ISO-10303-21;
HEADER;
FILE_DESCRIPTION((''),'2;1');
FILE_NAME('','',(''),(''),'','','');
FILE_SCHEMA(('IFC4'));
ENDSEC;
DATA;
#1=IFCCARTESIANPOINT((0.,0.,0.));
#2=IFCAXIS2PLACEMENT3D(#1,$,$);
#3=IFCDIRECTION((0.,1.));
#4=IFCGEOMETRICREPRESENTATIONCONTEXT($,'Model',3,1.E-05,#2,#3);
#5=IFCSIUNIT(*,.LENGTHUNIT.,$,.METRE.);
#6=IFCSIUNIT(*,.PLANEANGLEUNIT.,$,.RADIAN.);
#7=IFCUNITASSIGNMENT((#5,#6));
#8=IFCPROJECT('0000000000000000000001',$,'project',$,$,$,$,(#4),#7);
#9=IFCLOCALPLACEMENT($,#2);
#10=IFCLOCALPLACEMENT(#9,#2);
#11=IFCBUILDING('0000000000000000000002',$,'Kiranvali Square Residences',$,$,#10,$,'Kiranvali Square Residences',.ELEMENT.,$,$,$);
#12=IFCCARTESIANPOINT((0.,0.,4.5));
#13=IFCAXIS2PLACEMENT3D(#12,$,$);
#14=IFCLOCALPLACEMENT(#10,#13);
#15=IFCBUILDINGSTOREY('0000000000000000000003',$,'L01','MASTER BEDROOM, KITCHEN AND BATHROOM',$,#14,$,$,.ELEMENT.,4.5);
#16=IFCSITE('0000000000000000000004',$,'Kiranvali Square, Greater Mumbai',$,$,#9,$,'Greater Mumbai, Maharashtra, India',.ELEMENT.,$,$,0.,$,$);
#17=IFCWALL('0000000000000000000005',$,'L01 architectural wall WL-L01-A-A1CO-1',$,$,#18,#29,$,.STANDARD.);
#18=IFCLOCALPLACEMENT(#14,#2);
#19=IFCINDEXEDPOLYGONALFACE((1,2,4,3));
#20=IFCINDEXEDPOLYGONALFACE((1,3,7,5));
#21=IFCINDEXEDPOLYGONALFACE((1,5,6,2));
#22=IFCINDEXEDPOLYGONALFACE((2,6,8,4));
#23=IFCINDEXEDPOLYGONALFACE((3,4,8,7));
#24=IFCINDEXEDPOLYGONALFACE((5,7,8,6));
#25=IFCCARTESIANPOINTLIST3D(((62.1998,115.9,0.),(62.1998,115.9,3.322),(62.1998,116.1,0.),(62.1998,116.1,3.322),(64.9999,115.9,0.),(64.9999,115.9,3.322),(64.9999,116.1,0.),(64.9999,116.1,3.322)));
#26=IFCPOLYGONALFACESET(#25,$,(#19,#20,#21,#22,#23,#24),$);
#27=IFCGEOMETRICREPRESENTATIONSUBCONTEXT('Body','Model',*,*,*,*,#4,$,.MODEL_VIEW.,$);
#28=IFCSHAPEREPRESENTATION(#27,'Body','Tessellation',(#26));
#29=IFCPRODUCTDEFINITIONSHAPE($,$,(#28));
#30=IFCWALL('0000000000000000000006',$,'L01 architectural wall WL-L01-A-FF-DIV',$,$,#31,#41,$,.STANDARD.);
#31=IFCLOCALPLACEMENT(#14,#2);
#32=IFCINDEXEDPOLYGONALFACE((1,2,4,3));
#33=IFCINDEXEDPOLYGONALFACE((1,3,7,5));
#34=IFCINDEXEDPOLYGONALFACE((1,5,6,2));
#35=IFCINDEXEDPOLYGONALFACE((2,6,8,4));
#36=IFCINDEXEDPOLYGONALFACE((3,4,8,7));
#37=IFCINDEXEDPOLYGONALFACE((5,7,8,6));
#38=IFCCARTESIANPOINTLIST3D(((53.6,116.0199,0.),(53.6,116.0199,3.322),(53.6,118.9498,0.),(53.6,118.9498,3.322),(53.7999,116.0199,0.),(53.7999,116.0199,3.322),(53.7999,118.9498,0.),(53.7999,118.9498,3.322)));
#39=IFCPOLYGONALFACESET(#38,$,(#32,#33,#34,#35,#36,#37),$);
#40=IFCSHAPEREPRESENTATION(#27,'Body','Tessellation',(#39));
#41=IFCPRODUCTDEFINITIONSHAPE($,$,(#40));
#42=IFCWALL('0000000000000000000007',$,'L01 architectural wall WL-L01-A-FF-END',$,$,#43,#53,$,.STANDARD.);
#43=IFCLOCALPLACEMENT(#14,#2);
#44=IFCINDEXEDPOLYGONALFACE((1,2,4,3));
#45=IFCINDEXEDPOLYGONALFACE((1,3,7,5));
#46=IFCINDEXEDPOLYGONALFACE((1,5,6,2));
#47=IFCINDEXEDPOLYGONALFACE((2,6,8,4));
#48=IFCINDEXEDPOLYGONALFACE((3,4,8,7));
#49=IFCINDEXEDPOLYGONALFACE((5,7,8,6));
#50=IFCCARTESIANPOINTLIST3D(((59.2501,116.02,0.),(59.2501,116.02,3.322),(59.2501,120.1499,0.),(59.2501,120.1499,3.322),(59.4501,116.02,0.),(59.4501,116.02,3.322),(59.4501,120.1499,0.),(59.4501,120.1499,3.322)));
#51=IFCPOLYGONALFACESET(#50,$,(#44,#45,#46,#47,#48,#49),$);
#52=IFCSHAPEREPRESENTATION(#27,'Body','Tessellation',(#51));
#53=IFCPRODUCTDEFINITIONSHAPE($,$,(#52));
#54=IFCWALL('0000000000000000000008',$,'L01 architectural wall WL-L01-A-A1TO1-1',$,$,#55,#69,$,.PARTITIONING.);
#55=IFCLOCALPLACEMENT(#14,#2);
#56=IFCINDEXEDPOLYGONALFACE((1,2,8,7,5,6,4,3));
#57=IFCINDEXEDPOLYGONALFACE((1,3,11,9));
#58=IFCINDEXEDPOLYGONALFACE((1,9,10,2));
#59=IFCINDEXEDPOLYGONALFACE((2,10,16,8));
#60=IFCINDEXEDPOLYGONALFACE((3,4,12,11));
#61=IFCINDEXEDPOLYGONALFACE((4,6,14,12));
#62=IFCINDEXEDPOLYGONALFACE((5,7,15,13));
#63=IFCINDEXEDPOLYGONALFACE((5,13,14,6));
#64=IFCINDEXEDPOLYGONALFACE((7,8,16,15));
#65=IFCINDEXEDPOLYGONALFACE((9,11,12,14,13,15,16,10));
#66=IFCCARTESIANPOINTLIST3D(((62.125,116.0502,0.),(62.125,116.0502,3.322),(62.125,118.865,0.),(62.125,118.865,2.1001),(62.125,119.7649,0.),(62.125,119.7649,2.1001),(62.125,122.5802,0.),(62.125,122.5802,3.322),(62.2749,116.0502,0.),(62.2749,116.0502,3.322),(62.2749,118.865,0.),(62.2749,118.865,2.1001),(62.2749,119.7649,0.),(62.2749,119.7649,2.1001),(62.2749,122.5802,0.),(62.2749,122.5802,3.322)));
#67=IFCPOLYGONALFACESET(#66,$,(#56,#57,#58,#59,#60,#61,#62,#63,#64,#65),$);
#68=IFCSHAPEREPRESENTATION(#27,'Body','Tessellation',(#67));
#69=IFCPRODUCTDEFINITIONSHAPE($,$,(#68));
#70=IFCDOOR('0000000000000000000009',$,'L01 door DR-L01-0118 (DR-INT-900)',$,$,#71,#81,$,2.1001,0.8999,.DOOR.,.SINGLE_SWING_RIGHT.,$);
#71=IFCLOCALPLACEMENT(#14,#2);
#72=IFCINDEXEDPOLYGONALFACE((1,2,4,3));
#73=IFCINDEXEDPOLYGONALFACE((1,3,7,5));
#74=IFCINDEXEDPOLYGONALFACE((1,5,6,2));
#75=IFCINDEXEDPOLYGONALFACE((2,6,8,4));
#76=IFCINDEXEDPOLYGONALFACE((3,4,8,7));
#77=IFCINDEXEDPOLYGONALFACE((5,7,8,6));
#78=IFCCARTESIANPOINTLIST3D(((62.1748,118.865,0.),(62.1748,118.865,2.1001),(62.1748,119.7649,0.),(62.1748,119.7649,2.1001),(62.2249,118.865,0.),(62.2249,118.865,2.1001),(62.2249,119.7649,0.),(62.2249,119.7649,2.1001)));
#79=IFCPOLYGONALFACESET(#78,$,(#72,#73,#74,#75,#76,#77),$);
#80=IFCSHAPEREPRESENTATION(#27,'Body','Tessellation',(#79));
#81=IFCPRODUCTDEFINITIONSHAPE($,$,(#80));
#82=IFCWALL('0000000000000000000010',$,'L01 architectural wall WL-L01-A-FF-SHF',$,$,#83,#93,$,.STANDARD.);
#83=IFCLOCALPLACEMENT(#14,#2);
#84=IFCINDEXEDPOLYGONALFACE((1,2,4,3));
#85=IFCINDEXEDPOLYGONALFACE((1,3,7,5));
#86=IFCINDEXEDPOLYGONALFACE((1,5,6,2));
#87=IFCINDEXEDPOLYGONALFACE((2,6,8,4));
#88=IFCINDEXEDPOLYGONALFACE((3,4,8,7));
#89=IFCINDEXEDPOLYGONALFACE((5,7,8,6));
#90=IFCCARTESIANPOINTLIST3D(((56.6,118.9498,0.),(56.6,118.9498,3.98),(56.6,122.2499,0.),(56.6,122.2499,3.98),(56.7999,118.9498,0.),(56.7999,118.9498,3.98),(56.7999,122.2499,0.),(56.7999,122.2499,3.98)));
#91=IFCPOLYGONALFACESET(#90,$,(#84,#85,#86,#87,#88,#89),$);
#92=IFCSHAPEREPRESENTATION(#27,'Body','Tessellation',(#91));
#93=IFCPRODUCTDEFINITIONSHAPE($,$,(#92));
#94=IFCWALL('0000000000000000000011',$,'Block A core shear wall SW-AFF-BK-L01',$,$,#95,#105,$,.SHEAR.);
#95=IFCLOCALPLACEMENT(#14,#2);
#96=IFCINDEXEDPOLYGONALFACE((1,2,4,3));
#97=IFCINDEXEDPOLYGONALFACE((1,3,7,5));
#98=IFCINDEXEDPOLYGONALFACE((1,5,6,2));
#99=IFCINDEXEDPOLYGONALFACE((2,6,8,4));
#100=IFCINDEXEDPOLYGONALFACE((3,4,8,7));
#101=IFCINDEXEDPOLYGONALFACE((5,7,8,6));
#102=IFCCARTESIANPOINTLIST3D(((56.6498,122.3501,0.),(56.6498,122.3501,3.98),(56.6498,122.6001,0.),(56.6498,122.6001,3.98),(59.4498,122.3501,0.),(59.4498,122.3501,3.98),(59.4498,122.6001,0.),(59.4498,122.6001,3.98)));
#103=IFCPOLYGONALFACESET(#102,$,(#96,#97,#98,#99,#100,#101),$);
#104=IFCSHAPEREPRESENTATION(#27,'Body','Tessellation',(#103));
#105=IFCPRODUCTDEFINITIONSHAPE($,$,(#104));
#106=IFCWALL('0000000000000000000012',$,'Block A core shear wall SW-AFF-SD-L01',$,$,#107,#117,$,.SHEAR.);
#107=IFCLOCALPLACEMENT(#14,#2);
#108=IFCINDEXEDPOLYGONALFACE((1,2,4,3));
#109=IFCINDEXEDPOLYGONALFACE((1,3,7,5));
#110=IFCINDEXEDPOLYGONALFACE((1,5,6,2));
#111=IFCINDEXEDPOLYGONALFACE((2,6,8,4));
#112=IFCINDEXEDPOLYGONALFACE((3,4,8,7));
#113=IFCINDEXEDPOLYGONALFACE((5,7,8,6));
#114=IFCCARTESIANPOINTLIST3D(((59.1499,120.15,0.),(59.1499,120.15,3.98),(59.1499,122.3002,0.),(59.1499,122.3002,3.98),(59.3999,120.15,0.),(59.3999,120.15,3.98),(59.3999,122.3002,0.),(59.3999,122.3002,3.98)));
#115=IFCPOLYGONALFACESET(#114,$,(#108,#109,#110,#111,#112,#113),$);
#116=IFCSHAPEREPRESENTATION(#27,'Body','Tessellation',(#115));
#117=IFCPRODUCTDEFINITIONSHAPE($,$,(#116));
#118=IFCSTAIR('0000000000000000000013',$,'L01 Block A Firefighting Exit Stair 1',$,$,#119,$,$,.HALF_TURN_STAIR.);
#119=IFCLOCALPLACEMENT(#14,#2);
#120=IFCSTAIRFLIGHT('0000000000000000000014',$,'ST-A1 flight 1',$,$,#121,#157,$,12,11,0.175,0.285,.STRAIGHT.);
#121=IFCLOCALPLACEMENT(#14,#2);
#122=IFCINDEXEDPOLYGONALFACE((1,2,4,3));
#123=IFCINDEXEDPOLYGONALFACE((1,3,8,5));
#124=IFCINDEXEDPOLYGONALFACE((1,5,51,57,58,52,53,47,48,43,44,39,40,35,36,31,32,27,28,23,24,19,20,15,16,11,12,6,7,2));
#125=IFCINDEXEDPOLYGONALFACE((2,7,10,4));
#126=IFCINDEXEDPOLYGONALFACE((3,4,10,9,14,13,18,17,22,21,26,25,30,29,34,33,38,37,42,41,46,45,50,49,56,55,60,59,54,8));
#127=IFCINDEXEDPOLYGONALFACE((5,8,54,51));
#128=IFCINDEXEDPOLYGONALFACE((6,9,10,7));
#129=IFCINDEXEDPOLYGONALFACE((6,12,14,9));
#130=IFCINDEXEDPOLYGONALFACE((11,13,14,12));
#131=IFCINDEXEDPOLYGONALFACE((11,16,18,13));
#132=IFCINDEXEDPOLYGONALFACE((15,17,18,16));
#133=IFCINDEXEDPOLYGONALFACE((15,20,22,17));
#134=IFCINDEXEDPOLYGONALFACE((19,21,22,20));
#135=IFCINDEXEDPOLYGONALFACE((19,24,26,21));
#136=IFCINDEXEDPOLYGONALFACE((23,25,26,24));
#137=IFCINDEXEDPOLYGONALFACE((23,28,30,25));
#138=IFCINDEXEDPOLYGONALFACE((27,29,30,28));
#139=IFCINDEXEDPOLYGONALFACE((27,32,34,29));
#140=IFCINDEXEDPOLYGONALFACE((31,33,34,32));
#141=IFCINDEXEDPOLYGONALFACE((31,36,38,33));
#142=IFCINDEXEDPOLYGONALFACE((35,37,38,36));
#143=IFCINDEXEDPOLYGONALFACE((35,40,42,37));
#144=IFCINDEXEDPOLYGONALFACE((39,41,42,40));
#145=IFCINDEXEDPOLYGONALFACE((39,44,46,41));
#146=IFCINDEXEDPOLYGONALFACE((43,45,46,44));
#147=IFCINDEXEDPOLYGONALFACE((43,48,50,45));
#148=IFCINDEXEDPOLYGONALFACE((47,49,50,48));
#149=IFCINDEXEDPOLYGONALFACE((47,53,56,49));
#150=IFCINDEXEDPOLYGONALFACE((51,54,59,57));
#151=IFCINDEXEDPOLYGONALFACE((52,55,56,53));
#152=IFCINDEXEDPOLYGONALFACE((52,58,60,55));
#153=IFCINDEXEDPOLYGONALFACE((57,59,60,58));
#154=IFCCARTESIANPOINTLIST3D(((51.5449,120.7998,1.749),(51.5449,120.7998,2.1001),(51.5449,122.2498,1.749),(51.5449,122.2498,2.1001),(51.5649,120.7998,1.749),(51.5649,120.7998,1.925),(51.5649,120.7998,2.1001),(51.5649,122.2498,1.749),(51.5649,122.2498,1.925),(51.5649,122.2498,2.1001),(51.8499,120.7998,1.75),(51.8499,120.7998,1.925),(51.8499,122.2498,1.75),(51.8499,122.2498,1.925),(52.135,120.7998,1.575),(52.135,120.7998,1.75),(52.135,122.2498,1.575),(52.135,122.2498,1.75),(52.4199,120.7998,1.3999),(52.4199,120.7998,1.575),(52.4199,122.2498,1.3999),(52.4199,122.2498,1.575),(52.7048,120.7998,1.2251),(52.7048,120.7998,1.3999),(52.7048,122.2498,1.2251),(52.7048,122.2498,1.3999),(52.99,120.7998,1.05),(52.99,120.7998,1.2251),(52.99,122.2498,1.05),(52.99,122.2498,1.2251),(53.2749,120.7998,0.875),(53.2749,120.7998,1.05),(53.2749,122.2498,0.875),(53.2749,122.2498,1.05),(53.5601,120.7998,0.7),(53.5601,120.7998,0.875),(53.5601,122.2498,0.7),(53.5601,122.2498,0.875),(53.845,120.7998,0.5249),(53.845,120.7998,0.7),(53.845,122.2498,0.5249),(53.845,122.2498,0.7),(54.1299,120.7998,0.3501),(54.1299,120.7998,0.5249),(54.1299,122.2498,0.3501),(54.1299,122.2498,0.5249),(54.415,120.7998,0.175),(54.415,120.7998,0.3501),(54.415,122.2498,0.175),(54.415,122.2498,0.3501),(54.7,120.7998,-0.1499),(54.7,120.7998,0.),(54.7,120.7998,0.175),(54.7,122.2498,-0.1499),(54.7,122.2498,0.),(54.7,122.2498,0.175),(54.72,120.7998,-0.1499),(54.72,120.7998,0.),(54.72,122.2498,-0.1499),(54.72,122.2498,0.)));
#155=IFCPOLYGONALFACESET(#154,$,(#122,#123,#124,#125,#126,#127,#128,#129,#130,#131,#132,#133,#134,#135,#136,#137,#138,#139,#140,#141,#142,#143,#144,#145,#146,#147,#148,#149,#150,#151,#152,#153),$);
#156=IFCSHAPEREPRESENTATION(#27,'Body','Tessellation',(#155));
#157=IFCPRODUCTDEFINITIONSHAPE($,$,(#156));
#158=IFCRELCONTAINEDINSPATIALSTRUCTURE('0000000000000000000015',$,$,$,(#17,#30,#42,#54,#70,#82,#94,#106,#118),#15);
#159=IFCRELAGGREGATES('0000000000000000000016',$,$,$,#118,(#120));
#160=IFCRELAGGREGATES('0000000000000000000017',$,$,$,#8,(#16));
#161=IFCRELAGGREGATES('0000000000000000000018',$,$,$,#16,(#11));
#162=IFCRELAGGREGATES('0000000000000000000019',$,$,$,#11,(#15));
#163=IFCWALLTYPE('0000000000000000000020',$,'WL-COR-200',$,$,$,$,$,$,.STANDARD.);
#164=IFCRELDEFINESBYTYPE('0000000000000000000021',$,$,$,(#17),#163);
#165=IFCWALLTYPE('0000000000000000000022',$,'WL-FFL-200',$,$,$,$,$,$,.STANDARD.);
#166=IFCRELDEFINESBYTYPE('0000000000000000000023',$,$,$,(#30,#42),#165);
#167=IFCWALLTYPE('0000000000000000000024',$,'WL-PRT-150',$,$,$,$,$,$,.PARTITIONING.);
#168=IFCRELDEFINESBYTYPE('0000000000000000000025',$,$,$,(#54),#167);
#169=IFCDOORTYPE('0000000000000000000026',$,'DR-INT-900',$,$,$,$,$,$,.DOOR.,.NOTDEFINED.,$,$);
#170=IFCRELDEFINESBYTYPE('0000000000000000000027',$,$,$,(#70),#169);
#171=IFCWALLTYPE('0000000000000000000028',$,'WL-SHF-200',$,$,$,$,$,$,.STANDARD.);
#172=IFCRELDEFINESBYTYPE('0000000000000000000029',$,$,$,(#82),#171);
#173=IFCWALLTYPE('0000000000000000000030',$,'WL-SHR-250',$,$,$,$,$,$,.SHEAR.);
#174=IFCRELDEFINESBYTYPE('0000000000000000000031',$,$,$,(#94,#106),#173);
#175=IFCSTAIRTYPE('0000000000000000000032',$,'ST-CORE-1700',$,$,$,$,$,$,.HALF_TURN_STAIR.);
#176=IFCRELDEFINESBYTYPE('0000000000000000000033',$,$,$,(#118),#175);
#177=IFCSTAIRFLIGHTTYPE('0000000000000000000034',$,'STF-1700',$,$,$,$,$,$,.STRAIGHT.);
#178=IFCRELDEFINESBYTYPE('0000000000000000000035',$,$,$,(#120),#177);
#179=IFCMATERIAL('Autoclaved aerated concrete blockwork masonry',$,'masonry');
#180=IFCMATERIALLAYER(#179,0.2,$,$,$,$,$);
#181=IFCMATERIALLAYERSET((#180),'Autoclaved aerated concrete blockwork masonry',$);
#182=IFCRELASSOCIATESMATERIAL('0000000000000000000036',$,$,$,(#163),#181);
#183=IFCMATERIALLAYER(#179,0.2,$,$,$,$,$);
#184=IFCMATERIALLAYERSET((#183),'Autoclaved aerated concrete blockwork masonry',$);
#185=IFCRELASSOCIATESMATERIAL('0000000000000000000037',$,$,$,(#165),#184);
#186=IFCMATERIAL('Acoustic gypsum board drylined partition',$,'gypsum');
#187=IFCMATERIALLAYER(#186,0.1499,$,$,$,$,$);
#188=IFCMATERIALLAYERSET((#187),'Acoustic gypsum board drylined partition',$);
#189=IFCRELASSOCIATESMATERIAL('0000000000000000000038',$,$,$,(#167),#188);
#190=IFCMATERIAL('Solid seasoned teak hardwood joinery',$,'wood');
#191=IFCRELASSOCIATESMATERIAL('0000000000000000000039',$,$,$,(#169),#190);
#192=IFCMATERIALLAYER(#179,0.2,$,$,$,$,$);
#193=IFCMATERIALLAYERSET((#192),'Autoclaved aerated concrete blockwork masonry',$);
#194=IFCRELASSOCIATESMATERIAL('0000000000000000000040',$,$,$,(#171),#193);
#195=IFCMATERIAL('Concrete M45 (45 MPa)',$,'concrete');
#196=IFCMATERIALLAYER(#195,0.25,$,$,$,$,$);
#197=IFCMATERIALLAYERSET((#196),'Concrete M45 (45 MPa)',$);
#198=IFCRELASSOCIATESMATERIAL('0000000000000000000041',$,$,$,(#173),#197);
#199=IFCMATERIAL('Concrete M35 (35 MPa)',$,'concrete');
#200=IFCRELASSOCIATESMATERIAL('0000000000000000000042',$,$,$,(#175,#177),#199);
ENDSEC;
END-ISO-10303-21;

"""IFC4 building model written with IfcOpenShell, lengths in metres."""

from ifc_helpers import new_model, si_unit, direction, frame, frame_2d, origin, place, context, subcontext, project, spatial, polyline, rectangle, outline, extrude, material, layer, layer_set, type_object, element, fill, aggregate, save


model = new_model("IFC4")

# Units and contexts
model_context = context("Model", 3, precision=1e-05, world=origin(), true_north=direction((0.0, 1.0)))
body_context = subcontext(model_context, "Body", "Model", "MODEL_VIEW")
ifc_project = project(units=[si_unit("LENGTHUNIT", "METRE"), si_unit("PLANEANGLEUNIT", "RADIAN")], contexts=[model_context])

# Site, building, storey
site_placement = place(None, origin())
site = spatial("IfcSite", under=ifc_project, at=site_placement, Name="Kiranvali Square, Greater Mumbai", LongName="Greater Mumbai, Maharashtra, India", CompositionType="ELEMENT", RefElevation=0.0)
building_placement = place(site_placement, origin())
building = spatial("IfcBuilding", under=site, at=building_placement, Name="Kiranvali Square Residences", LongName="Kiranvali Square Residences", CompositionType="ELEMENT")
storey_placement = place(building_placement, frame((0.0, 0.0, 4.5)))
storey = spatial("IfcBuildingStorey", under=building, at=storey_placement, Name="L01", Description="MASTER BEDROOM, KITCHEN AND BATHROOM", CompositionType="ELEMENT", Elevation=4.5)

# Shared definitions
ifc_material_1 = material(Name="Concrete M45 (45 MPa)", Category="concrete")

# Shared definitions
ifc_material_2 = material(Name="Autoclaved aerated concrete blockwork masonry", Category="masonry")
ifc_layer_1 = layer(ifc_material_2, 0.2)
ifc_layer_set_1 = layer_set([ifc_layer_1], Name="Autoclaved aerated concrete blockwork masonry")
wall_type_1 = type_object("IfcWallType", Name="WL-COR-200", PredefinedType="STANDARD", material=ifc_layer_set_1)

# Wall
for number, where, z_axis, x_axis, name in (
    (1, (62.2, 116.0, 0.0), (0.0, 0.0, 1.0), (1.0, 0.0, 0.0), "L01 architectural wall WL-L01-A-A1CO-1"),
):
    element("IfcWall", number, at=place(storey_placement, frame(where, z_axis=z_axis, x_axis=x_axis)), inside=storey, type_object=wall_type_1, Name=name, PredefinedType="STANDARD", context=body_context, shape_type="SweptSolid", body=[
        extrude(rectangle(XDim=2.8, YDim=0.2, at=frame_2d((1.3999, 0.0))), origin(), (0.0, 0.0, 1.0), 3.322),
    ])

# Shared definitions
ifc_layer_2 = layer(ifc_material_2, 0.2)
ifc_layer_set_2 = layer_set([ifc_layer_2], Name="Autoclaved aerated concrete blockwork masonry")
wall_type_2 = type_object("IfcWallType", Name="WL-FFL-200", PredefinedType="STANDARD", material=ifc_layer_set_2)

# Walls
wall_1_placement = place(storey_placement, frame((53.7, 116.02, 0.0), z_axis=(0.0, 0.0, 1.0), x_axis=(0.0, 1.0, 0.0)))
element("IfcWall", 2, at=wall_1_placement, inside=storey, type_object=wall_type_2, Name="L01 architectural wall WL-L01-A-FF-DIV", PredefinedType="STANDARD", context=body_context, shape_type="SweptSolid", body=[
    extrude(rectangle(XDim=2.9299, YDim=0.2, at=frame_2d((1.4648, 0.0))), origin(), (0.0, 0.0, 1.0), 3.322),
])
wall_2_placement = place(storey_placement, frame((59.3501, 116.02, 0.0), z_axis=(0.0, 0.0, 1.0), x_axis=(0.0, 1.0, 0.0)))
element("IfcWall", 3, at=wall_2_placement, inside=storey, type_object=wall_type_2, Name="L01 architectural wall WL-L01-A-FF-END", PredefinedType="STANDARD", context=body_context, shape_type="SweptSolid", body=[
    extrude(rectangle(XDim=4.1299, YDim=0.2, at=frame_2d((2.0649, 0.0))), origin(), (0.0, 0.0, 1.0), 3.322),
])

# Wall, opening, door
ifc_material_3 = material(Name="Acoustic gypsum board drylined partition", Category="gypsum")
ifc_layer_3 = layer(ifc_material_3, 0.1499)
ifc_layer_set_3 = layer_set([ifc_layer_3], Name="Acoustic gypsum board drylined partition")
wall_type_3 = type_object("IfcWallType", Name="WL-PRT-150", PredefinedType="PARTITIONING", material=ifc_layer_set_3)
wall_3_placement = place(storey_placement, frame((62.2, 116.05, 0.0), z_axis=(0.0, 0.0, 1.0), x_axis=(0.0, 1.0, 0.0)))
wall_3 = element("IfcWall", 4, at=wall_3_placement, inside=storey, type_object=wall_type_3, Name="L01 architectural wall WL-L01-A-A1TO1-1", PredefinedType="PARTITIONING", context=body_context, shape_type="SweptSolid", body=[
    extrude(rectangle(XDim=6.53, YDim=0.1499, at=frame_2d((3.2651, 0.0))), origin(), (0.0, 0.0, 1.0), 3.322),
])
opening_1_placement = place(wall_3_placement, frame((2.8149, 0.0, 0.0)))
opening_1 = element("IfcOpeningElement", 5, at=opening_1_placement, cuts=wall_3, PredefinedType="OPENING", context=body_context, shape_type="SweptSolid", body=[
    extrude(rectangle(XDim=0.8999, YDim=2.1001, at=frame_2d((0.45, 1.05))), frame((0.0, 0.085, 0.0), z_axis=(0.0, -1.0, 0.0), x_axis=(1.0, 0.0, 0.0)), (0.0, 0.0, 1.0), 0.1699),
])
ifc_material_4 = material(Name="Solid seasoned teak hardwood joinery", Category="wood")
door_type_1 = type_object("IfcDoorType", Name="DR-INT-900", OperationType="NOTDEFINED", PredefinedType="DOOR", material=ifc_material_4)
door_1_placement = place(opening_1_placement, frame((0.8999, 0.0, 0.0), z_axis=(0.0, 0.0, 1.0), x_axis=(-1.0, 0.0, 0.0)))
door_1 = element("IfcDoor", 6, at=door_1_placement, inside=storey, type_object=door_type_1, Name="L01 door DR-L01-0118 (DR-INT-900)", OperationType="SINGLE_SWING_RIGHT", OverallHeight=2.1001, OverallWidth=0.8999, PredefinedType="DOOR", context=body_context, shape_type="SweptSolid", body=[
    extrude(rectangle(XDim=0.8999, YDim=2.1001, at=frame_2d((0.45, 1.05))), frame((0.0, 0.0249, 0.0), z_axis=(0.0, -1.0, 0.0), x_axis=(1.0, 0.0, 0.0)), (0.0, 0.0, 1.0), 0.05),
])
fill(opening_1, door_1)

# Walls
ifc_layer_4 = layer(ifc_material_2, 0.2)
ifc_layer_set_4 = layer_set([ifc_layer_4], Name="Autoclaved aerated concrete blockwork masonry")
wall_type_4 = type_object("IfcWallType", Name="WL-SHF-200", PredefinedType="STANDARD", material=ifc_layer_set_4)
wall_4_placement = place(storey_placement, frame((56.7, 118.95, 0.0), z_axis=(0.0, 0.0, 1.0), x_axis=(0.0, 1.0, 0.0)))
element("IfcWall", 7, at=wall_4_placement, inside=storey, type_object=wall_type_4, Name="L01 architectural wall WL-L01-A-FF-SHF", PredefinedType="STANDARD", context=body_context, shape_type="SweptSolid", body=[
    extrude(rectangle(XDim=3.3, YDim=0.2, at=frame_2d((1.6499, 0.0))), origin(), (0.0, 0.0, 1.0), 3.98),
])
ifc_layer_5 = layer(ifc_material_1, 0.25)
ifc_layer_set_5 = layer_set([ifc_layer_5], Name="Concrete M45 (45 MPa)")
wall_type_5 = type_object("IfcWallType", Name="WL-SHR-250", PredefinedType="SHEAR", material=ifc_layer_set_5)
wall_5_placement = place(storey_placement, frame((56.6499, 122.4751, 0.0), z_axis=(0.0, 0.0, 1.0), x_axis=(1.0, 0.0, 0.0)))
element("IfcWall", 8, at=wall_5_placement, inside=storey, type_object=wall_type_5, Name="Block A core shear wall SW-AFF-BK-L01", PredefinedType="SHEAR", context=body_context, shape_type="SweptSolid", body=[
    extrude(rectangle(XDim=2.8, YDim=0.25, at=frame_2d((1.3999, 0.0))), origin(), (0.0, 0.0, 1.0), 3.98),
])
wall_6_placement = place(storey_placement, frame((59.2749, 120.1499, 0.0), z_axis=(0.0, 0.0, 1.0), x_axis=(0.0, 1.0, 0.0)))
element("IfcWall", 9, at=wall_6_placement, inside=storey, type_object=wall_type_5, Name="Block A core shear wall SW-AFF-SD-L01", PredefinedType="SHEAR", context=body_context, shape_type="SweptSolid", body=[
    extrude(rectangle(XDim=2.1501, YDim=0.25, at=frame_2d((1.0752, 0.0))), origin(), (0.0, 0.0, 1.0), 3.98),
])

# Stair, stair flight
ifc_material_5 = material(Name="Concrete M35 (35 MPa)", Category="concrete")
stair_type = type_object("IfcStairType", Name="ST-CORE-1700", PredefinedType="HALF_TURN_STAIR", material=ifc_material_5)
stair_placement = place(storey_placement, origin())
stair = element("IfcStair", 10, at=stair_placement, inside=storey, type_object=stair_type, Name="L01 Block A Firefighting Exit Stair 1", PredefinedType="HALF_TURN_STAIR")
stair_flight_type = type_object("IfcStairFlightType", Name="STF-1700", PredefinedType="STRAIGHT", material=ifc_material_5)
stair_flight_placement = place(storey_placement, frame((54.7, 121.5249, 0.0), z_axis=(0.0, 0.0, 1.0), x_axis=(-1.0, 0.0, 0.0)))
stair_flight = element("IfcStairFlight", 11, at=stair_flight_placement, type_object=stair_flight_type, Name="ST-A1 flight 1", NumberOfRisers=12, NumberOfTreads=11, PredefinedType="STRAIGHT", RiserHeight=0.175, TreadLength=0.285, context=body_context, shape_type="SweptSolid", body=[
    extrude(outline(polyline([(-0.02, -0.1499), (-0.02, 0.0), (0.0, 0.0), (0.0, 0.175), (0.2849, 0.175), (0.2849, 0.3501), (0.5701, 0.3501), (0.5701, 0.5249), (0.855, 0.5249), (0.855, 0.7), (1.1399, 0.7), (1.1399, 0.875), (1.425, 0.875), (1.425, 1.05), (1.71, 1.05), (1.71, 1.2251), (1.9951, 1.2251), (1.9951, 1.3999), (2.28, 1.3999), (2.28, 1.575), (2.5649, 1.575), (2.5649, 1.75), (2.8501, 1.75), (2.8501, 1.925), (3.135, 1.925), (3.135, 2.1001), (3.155, 2.1001), (3.155, 1.749), (3.135, 1.749), (0.0, -0.1499), (-0.02, -0.1499)])), frame((0.0, 0.7251, 0.0), z_axis=(0.0, -1.0, 0.0), x_axis=(1.0, 0.0, 0.0)), (0.0, 0.0, 1.0), 1.45),
])
aggregate(stair, [stair_flight])

save(model, "model.ifc")
